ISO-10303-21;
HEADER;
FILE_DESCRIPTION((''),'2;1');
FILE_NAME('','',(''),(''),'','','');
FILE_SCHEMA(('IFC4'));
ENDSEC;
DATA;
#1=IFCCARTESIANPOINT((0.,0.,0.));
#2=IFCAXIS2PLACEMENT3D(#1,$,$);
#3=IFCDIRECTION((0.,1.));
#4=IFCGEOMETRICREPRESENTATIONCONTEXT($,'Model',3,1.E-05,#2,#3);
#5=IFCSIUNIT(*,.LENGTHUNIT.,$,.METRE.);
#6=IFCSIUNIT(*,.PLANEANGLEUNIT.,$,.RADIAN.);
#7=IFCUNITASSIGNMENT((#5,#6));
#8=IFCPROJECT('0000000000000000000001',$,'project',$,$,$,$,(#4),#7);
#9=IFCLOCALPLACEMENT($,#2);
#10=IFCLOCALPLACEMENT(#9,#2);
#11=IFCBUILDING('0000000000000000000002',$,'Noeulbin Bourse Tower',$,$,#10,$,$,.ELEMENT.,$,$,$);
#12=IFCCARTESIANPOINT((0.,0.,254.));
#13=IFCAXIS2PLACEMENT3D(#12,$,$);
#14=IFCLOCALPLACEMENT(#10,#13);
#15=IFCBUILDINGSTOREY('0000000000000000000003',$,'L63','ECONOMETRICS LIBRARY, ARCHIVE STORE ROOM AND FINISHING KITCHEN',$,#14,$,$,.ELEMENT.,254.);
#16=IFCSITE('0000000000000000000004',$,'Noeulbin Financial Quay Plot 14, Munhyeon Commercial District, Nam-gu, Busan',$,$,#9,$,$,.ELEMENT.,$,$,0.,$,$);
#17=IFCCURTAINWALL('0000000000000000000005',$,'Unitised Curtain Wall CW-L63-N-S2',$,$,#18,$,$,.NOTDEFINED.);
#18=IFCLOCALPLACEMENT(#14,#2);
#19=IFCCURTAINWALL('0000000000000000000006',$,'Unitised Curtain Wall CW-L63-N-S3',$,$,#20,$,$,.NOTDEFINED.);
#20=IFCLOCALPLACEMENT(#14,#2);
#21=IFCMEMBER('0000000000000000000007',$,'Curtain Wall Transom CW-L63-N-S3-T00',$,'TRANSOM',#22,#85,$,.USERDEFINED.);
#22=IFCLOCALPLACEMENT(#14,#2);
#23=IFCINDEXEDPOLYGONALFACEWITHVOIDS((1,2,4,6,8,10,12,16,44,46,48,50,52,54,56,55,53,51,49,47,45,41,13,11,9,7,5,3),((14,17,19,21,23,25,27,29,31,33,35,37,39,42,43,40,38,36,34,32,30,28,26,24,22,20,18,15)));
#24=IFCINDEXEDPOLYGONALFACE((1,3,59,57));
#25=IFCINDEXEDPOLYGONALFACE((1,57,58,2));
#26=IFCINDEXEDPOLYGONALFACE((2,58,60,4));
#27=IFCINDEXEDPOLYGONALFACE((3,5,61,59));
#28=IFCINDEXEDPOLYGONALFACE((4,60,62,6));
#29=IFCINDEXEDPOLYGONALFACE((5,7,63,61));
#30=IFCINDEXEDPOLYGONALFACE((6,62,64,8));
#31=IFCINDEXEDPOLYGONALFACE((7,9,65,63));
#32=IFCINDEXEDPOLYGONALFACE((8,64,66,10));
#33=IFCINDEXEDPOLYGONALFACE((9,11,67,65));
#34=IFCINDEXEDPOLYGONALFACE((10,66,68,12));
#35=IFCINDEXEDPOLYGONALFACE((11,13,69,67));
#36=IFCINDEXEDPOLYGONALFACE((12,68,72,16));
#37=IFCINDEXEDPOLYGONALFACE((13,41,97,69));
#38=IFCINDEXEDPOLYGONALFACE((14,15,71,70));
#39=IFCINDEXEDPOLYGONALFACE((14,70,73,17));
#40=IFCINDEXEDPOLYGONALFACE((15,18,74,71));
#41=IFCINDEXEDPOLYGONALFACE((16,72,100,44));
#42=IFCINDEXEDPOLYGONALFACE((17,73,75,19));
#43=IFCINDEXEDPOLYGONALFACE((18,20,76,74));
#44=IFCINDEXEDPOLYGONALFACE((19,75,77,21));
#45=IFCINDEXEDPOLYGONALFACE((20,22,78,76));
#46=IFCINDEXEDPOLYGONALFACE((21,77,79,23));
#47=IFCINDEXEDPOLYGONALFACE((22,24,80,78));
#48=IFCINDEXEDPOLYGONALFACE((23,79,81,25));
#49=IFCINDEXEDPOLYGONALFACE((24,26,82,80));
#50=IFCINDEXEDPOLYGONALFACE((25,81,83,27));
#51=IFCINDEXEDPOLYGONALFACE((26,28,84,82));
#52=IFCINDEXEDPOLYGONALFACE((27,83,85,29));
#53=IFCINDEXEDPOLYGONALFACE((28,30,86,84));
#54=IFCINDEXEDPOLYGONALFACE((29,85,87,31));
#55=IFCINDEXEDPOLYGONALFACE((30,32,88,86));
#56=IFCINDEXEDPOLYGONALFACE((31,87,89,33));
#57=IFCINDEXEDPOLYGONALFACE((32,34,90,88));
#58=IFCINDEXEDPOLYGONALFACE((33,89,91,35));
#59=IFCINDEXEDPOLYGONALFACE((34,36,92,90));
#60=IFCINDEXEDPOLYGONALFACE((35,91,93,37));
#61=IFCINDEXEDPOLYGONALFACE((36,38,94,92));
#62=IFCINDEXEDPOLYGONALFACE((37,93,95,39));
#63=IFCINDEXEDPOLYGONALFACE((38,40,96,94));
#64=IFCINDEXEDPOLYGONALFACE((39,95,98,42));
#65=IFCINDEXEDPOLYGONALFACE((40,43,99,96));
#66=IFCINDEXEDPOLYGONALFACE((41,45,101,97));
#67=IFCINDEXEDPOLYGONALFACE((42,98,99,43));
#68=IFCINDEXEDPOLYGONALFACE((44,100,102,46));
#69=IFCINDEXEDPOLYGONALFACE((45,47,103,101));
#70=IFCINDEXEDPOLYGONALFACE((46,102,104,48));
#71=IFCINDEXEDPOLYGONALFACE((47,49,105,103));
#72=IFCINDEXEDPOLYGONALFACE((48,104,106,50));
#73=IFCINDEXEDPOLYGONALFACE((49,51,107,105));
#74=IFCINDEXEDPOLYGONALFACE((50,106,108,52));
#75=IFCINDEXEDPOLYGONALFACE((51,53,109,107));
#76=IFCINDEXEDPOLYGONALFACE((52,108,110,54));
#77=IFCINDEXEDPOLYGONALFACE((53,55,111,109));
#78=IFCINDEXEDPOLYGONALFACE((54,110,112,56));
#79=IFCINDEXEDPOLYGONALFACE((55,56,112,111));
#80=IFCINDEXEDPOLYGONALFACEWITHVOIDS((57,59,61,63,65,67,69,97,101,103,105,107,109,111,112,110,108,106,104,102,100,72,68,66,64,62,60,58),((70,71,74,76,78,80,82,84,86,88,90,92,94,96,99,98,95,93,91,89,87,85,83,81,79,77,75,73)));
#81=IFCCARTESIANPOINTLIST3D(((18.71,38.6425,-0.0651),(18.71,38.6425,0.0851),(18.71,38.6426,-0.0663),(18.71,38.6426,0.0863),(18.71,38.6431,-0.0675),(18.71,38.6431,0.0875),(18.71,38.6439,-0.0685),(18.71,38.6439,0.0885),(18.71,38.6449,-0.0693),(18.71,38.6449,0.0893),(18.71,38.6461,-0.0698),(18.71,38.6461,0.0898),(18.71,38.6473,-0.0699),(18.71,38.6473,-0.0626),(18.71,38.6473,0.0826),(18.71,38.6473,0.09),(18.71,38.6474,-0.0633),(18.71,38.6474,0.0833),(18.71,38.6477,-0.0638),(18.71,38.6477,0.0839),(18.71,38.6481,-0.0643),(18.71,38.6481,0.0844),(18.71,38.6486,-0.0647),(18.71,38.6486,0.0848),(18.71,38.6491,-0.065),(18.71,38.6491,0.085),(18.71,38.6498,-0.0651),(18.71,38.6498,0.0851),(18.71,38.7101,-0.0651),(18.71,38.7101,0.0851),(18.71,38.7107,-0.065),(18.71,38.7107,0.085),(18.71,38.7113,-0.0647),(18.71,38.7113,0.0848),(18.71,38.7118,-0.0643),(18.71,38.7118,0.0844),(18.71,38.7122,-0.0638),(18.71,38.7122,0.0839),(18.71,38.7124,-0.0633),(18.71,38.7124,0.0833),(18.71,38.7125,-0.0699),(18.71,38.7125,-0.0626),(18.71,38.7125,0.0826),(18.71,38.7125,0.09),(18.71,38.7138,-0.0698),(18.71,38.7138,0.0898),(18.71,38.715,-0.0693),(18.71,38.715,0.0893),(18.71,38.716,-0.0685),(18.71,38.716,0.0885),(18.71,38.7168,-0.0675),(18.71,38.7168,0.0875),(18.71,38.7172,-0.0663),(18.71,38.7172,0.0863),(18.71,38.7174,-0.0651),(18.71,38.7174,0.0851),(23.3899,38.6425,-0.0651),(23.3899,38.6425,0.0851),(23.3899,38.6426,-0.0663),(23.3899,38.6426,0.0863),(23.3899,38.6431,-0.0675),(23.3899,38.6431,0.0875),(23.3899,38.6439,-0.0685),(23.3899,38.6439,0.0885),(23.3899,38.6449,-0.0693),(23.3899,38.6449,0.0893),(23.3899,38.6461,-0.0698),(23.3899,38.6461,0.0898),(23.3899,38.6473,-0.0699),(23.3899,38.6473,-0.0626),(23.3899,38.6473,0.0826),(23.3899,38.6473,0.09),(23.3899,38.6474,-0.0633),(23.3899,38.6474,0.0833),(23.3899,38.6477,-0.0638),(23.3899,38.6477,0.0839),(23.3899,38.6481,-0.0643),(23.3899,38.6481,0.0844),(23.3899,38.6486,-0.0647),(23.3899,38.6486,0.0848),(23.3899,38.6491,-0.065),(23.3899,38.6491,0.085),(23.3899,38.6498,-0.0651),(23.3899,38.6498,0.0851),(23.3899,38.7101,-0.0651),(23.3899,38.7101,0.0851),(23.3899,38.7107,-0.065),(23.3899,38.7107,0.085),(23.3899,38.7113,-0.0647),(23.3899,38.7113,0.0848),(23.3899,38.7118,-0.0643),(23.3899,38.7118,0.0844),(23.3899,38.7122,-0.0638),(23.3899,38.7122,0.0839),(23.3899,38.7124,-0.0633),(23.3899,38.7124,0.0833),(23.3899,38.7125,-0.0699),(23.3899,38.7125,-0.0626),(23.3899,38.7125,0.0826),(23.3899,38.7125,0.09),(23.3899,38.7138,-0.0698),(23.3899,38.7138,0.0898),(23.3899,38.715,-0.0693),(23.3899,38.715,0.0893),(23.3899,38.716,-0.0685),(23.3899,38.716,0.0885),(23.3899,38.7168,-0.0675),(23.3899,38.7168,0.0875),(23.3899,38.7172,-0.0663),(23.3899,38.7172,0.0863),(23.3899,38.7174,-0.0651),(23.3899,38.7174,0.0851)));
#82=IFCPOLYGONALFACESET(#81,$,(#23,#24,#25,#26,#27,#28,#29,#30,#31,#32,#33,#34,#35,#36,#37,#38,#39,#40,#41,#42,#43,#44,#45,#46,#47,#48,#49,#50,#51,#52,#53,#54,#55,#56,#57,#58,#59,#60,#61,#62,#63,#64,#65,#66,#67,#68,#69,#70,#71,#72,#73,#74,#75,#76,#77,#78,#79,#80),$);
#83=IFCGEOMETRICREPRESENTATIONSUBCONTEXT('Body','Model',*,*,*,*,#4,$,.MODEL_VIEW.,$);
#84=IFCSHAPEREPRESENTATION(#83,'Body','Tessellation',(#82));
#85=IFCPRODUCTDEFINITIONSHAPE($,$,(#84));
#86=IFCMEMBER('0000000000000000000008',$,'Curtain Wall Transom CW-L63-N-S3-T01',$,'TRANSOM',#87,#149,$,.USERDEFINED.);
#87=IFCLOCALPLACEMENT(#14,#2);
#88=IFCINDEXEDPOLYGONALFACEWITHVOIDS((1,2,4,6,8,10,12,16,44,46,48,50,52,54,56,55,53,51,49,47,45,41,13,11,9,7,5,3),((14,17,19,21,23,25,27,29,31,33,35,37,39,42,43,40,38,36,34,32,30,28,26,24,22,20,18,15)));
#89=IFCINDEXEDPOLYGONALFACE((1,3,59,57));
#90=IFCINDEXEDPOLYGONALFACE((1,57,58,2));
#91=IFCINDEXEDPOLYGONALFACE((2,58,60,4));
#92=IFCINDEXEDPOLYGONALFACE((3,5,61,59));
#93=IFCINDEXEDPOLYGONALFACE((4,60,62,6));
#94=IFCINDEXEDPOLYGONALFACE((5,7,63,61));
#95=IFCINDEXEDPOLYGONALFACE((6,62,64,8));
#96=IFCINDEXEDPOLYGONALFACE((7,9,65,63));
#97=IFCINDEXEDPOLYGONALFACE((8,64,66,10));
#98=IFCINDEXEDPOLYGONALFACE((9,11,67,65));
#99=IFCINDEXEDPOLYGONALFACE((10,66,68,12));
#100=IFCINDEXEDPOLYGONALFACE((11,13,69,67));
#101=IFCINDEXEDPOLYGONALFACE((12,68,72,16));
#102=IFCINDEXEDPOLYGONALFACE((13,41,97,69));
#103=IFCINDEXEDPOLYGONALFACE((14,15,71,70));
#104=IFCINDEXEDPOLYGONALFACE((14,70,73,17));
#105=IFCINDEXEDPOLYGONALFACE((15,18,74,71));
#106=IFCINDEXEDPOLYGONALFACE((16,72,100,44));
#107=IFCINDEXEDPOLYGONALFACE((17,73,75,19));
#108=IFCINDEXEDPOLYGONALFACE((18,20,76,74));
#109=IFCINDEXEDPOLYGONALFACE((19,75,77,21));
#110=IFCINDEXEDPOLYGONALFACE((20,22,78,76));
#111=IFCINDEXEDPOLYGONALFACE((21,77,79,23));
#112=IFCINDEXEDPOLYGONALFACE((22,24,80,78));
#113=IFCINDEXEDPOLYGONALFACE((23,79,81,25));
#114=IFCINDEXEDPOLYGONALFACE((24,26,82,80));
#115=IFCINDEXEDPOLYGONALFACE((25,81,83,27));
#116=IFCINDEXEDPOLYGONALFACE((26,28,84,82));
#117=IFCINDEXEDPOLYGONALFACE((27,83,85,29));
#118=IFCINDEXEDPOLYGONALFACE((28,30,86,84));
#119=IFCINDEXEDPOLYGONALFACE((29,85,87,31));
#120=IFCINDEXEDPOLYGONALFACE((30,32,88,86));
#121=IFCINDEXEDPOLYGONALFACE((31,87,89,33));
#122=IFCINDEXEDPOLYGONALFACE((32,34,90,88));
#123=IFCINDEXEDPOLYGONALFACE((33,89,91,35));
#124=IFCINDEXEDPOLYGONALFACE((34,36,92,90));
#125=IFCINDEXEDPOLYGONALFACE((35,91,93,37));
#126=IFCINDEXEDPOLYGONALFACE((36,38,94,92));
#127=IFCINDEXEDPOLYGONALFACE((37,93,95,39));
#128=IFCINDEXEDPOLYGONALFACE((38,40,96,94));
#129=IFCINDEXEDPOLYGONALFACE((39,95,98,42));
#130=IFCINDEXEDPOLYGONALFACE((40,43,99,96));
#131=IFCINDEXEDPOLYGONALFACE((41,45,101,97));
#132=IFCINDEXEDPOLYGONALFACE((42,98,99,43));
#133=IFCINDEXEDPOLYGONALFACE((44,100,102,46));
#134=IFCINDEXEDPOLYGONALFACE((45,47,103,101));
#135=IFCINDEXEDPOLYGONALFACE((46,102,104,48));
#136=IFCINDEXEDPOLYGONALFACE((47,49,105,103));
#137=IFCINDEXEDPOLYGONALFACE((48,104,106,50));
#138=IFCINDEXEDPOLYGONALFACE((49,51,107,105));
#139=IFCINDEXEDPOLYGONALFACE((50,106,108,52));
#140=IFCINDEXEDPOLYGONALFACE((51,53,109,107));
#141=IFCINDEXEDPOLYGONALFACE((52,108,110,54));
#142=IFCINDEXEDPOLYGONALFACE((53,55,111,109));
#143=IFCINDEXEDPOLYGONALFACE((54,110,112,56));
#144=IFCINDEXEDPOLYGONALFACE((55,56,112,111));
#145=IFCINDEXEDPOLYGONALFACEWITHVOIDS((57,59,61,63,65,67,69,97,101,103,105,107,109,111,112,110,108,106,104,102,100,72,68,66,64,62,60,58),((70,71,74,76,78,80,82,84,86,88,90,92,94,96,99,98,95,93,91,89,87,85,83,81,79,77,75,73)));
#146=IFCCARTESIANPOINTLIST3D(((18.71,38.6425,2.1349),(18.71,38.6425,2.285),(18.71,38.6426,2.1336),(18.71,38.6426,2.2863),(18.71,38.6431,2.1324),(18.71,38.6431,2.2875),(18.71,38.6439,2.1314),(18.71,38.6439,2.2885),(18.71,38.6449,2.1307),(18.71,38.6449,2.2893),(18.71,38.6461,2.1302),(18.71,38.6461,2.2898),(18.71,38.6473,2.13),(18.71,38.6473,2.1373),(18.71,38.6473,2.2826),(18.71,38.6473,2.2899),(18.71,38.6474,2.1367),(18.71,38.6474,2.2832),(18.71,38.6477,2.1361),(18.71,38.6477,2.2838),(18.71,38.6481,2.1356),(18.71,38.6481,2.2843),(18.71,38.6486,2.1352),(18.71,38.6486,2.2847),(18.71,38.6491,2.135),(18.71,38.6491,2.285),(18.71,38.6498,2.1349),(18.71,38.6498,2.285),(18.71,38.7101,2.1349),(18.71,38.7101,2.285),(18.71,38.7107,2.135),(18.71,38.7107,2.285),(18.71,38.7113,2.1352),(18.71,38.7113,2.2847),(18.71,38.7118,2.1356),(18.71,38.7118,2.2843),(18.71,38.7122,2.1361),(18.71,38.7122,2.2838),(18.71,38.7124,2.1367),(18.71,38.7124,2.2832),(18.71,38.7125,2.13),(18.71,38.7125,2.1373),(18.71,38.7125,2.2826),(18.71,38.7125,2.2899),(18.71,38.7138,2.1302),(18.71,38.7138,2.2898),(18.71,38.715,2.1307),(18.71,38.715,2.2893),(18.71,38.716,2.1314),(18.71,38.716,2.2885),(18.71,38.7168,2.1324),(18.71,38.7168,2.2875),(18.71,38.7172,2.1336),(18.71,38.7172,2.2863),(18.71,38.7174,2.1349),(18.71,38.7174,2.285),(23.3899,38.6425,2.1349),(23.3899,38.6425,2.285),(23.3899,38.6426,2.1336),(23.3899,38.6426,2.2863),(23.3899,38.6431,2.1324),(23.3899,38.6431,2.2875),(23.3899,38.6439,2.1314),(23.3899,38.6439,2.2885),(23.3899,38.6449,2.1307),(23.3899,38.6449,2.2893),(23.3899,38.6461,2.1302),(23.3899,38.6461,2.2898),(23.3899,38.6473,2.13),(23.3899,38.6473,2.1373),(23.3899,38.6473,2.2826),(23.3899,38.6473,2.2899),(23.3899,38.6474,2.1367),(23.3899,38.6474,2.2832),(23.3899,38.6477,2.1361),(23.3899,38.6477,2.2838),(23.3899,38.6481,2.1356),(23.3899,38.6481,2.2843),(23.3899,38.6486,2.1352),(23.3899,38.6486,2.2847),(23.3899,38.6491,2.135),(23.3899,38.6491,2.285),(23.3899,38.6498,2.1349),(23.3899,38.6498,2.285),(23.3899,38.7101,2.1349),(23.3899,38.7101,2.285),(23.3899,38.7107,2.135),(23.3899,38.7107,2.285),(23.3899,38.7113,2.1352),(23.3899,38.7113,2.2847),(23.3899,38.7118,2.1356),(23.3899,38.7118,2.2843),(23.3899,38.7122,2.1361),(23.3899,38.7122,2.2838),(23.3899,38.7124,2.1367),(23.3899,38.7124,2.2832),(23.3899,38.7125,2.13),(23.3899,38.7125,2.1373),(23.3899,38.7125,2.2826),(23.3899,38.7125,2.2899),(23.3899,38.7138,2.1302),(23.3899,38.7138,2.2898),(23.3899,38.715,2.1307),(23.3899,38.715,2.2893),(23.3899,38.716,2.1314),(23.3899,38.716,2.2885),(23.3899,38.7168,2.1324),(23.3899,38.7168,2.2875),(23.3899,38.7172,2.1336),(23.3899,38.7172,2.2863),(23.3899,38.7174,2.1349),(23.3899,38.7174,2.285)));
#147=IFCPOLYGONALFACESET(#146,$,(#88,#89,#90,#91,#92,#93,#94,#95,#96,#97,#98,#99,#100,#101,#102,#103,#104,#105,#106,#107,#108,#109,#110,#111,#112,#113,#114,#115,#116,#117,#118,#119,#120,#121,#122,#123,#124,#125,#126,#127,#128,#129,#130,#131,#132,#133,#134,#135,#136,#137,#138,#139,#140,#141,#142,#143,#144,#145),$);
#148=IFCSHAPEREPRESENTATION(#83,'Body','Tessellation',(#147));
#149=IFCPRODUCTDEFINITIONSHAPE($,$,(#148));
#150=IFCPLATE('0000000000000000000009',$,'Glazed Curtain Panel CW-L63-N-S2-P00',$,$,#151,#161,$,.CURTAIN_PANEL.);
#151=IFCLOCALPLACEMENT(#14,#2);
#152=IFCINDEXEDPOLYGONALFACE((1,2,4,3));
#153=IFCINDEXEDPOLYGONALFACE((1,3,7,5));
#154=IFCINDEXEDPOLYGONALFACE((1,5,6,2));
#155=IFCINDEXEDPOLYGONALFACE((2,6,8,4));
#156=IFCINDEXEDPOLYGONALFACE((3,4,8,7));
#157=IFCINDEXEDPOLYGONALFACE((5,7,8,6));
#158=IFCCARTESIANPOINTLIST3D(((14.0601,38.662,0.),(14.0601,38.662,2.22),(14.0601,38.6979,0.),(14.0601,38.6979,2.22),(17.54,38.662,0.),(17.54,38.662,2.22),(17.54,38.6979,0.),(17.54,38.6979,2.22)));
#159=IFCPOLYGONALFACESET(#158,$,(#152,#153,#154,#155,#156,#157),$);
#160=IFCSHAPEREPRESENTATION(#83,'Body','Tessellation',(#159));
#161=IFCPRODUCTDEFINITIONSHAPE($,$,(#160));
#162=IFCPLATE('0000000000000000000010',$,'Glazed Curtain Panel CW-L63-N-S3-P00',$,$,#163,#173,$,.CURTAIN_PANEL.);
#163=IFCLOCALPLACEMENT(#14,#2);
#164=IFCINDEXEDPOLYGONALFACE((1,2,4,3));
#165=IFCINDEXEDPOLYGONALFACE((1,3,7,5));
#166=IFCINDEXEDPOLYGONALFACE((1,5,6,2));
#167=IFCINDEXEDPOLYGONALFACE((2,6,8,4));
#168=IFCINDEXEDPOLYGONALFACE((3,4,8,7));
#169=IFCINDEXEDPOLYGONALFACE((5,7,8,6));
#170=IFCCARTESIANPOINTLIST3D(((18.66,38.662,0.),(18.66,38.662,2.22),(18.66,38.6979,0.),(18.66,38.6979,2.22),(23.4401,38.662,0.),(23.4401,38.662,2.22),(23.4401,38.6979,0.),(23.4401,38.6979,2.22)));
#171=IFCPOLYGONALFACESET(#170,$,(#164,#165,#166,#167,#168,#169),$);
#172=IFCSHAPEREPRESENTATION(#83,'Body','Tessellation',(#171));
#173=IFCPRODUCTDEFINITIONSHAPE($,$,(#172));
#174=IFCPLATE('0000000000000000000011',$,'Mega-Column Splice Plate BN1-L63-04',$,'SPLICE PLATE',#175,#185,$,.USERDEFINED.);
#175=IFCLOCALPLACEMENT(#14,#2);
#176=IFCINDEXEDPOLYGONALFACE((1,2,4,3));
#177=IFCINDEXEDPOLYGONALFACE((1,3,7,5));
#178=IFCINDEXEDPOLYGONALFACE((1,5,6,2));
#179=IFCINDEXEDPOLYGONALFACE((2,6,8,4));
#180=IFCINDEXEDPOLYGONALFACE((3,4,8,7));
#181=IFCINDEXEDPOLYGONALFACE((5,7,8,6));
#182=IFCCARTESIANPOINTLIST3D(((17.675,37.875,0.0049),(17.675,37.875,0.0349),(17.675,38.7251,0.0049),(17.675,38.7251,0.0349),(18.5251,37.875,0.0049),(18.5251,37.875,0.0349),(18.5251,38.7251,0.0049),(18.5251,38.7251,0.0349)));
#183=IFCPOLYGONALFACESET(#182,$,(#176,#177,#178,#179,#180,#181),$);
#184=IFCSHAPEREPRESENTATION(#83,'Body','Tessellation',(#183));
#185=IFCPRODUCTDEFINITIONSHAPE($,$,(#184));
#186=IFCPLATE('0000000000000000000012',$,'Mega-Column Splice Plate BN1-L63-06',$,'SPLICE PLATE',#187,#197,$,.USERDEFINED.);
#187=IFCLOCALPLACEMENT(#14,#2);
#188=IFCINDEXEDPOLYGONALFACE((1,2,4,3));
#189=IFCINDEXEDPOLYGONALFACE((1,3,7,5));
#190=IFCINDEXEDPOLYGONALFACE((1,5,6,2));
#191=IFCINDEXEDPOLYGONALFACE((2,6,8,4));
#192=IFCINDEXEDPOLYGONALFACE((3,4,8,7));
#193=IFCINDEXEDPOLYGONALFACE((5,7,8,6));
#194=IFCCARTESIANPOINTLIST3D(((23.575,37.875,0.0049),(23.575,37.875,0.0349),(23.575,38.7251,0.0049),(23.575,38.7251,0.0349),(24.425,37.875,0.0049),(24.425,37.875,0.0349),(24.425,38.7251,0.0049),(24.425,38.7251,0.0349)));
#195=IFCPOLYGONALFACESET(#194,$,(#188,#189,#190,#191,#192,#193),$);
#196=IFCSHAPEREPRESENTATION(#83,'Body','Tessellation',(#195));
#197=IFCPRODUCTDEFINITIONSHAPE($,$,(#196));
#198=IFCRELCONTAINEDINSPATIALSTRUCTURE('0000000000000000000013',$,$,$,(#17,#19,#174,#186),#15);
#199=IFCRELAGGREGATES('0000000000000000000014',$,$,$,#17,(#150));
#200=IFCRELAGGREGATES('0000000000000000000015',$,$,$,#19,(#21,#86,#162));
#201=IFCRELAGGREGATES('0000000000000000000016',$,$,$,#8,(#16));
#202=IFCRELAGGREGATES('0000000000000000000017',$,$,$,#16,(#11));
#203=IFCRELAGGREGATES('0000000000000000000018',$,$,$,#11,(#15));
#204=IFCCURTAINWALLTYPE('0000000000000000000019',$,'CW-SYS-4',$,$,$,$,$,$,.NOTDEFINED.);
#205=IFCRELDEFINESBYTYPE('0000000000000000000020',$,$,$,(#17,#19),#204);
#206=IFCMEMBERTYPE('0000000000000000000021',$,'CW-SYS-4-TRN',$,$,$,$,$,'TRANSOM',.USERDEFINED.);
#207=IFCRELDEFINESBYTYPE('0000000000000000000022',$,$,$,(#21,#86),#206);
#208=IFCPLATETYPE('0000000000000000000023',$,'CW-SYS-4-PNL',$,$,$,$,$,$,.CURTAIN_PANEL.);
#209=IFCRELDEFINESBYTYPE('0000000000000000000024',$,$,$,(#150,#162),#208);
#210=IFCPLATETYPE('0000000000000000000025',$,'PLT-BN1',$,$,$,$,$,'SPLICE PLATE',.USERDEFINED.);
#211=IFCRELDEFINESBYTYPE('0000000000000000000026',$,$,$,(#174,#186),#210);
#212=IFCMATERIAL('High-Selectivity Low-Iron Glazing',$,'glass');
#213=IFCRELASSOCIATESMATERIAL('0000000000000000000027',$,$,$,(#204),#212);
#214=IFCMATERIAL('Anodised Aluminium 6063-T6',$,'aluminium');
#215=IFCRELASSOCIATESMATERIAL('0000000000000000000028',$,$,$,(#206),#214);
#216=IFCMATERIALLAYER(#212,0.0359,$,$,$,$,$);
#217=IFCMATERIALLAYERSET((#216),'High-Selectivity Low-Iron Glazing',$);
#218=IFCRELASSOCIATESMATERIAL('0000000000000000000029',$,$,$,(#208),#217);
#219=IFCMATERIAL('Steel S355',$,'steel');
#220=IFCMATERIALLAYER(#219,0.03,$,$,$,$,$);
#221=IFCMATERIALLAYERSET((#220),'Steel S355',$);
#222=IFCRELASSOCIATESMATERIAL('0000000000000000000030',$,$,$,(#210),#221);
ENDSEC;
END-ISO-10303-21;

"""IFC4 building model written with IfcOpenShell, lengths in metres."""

from ifc_helpers import new_model, si_unit, direction, frame, origin, origin_2d, place, context, subcontext, project, spatial, rectangle, hollow_rectangle, extrude, material, layer, layer_set, material_profile, profile_set, type_object, element, aggregate, save


model = new_model("IFC4")

# Units and contexts
model_context = context("Model", 3, precision=1e-05, world=origin(), true_north=direction((0.0, 1.0)))
body_context = subcontext(model_context, "Body", "Model", "MODEL_VIEW")
ifc_project = project(units=[si_unit("LENGTHUNIT", "METRE"), si_unit("PLANEANGLEUNIT", "RADIAN")], contexts=[model_context])

# Site, building, storey
site_placement = place(None, origin())
site = spatial("IfcSite", under=ifc_project, at=site_placement, Name="Noeulbin Financial Quay Plot 14, Munhyeon Commercial District, Nam-gu, Busan", CompositionType="ELEMENT", RefElevation=0.0)
building_placement = place(site_placement, origin())
building = spatial("IfcBuilding", under=site, at=building_placement, Name="Noeulbin Bourse Tower", CompositionType="ELEMENT")
storey_placement = place(building_placement, frame((0.0, 0.0, 254.0)))
storey = spatial("IfcBuildingStorey", under=building, at=storey_placement, Name="L63", Description="ECONOMETRICS LIBRARY, ARCHIVE STORE ROOM AND FINISHING KITCHEN", CompositionType="ELEMENT", Elevation=254.0)

# Shared definitions
ifc_material_1 = material(Name="Steel S355", Category="steel")

# Curtain wall
ifc_material_2 = material(Name="High-Selectivity Low-Iron Glazing", Category="glass")
curtain_wall_type = type_object("IfcCurtainWallType", Name="CW-SYS-4", PredefinedType="NOTDEFINED", material=ifc_material_2)
curtain_wall_1_placement = place(storey_placement, origin())
curtain_wall_1 = element("IfcCurtainWall", 1, at=curtain_wall_1_placement, inside=storey, type_object=curtain_wall_type, Name="Unitised Curtain Wall CW-L63-N-S2", PredefinedType="NOTDEFINED")
ifc_material_3 = material(Name="Anodised Aluminium 6063-T6", Category="aluminium")

# Curtain wall, members
curtain_wall_2_placement = place(storey_placement, origin())
curtain_wall_2 = element("IfcCurtainWall", 2, at=curtain_wall_2_placement, inside=storey, type_object=curtain_wall_type, Name="Unitised Curtain Wall CW-L63-N-S3", PredefinedType="NOTDEFINED")
ifc_material_profile_1 = material_profile(ifc_material_3, hollow_rectangle(XDim=0.075, YDim=0.1599, WallThickness=0.0049, InnerFilletRadius=0.0024, OuterFilletRadius=0.0049, at=origin_2d()), Name="ALU-TRAN-75x160x5", Category="LoadBearing")
ifc_profile_set_1 = profile_set([ifc_material_profile_1], Name="Anodised Aluminium 6063-T6")
member_type_1 = type_object("IfcMemberType", Name="CW-SYS-4-TRN", ElementType="TRANSOM", PredefinedType="USERDEFINED", material=ifc_profile_set_1)
member_1_placement = place(storey_placement, frame((18.71, 38.6799, 0.01), z_axis=(1.0, 0.0, 0.0), x_axis=(0.0, 1.0, 0.0)))
member_1 = element("IfcMember", 3, at=member_1_placement, type_object=member_type_1, Name="Curtain Wall Transom CW-L63-N-S3-T00", ObjectType="TRANSOM", PredefinedType="USERDEFINED", context=body_context, shape_type="SweptSolid", body=[
    extrude(hollow_rectangle(XDim=0.075, YDim=0.1599, WallThickness=0.0049, InnerFilletRadius=0.0024, OuterFilletRadius=0.0049, at=origin_2d()), origin(), (0.0, 0.0, 1.0), 4.6799),
])
member_2_placement = place(storey_placement, frame((18.71, 38.6799, 2.21), z_axis=(1.0, 0.0, 0.0), x_axis=(0.0, 1.0, 0.0)))
member_2 = element("IfcMember", 4, at=member_2_placement, type_object=member_type_1, Name="Curtain Wall Transom CW-L63-N-S3-T01", ObjectType="TRANSOM", PredefinedType="USERDEFINED", context=body_context, shape_type="SweptSolid", body=[
    extrude(hollow_rectangle(XDim=0.075, YDim=0.1599, WallThickness=0.0049, InnerFilletRadius=0.0024, OuterFilletRadius=0.0049, at=origin_2d()), origin(), (0.0, 0.0, 1.0), 4.6799),
])

# Plates
ifc_layer_1 = layer(ifc_material_2, 0.0359)
ifc_layer_set_1 = layer_set([ifc_layer_1], Name="High-Selectivity Low-Iron Glazing")
plate_type_1 = type_object("IfcPlateType", Name="CW-SYS-4-PNL", PredefinedType="CURTAIN_PANEL", material=ifc_layer_set_1)
plate_1_placement = place(storey_placement, frame((15.8, 38.6799, 0.0), z_axis=(0.0, 0.0, 1.0), x_axis=(1.0, 0.0, 0.0)))
plate_1 = element("IfcPlate", 5, at=plate_1_placement, type_object=plate_type_1, Name="Glazed Curtain Panel CW-L63-N-S2-P00", PredefinedType="CURTAIN_PANEL", context=body_context, shape_type="SweptSolid", body=[
    extrude(rectangle(XDim=3.48, YDim=0.0359, at=origin_2d()), origin(), (0.0, 0.0, 1.0), 2.22),
])
aggregate(curtain_wall_1, [plate_1])
plate_2_placement = place(storey_placement, frame((21.05, 38.6799, 0.0), z_axis=(0.0, 0.0, 1.0), x_axis=(1.0, 0.0, 0.0)))
plate_2 = element("IfcPlate", 6, at=plate_2_placement, type_object=plate_type_1, Name="Glazed Curtain Panel CW-L63-N-S3-P00", PredefinedType="CURTAIN_PANEL", context=body_context, shape_type="SweptSolid", body=[
    extrude(rectangle(XDim=4.78, YDim=0.0359, at=origin_2d()), origin(), (0.0, 0.0, 1.0), 2.22),
])
aggregate(curtain_wall_2, [member_1, member_2, plate_2])

# Plates
ifc_layer_2 = layer(ifc_material_1, 0.03)
ifc_layer_set_2 = layer_set([ifc_layer_2], Name="Steel S355")
plate_type_2 = type_object("IfcPlateType", Name="PLT-BN1", ElementType="SPLICE PLATE", PredefinedType="USERDEFINED", material=ifc_layer_set_2)
for number, where, z_axis, x_axis, name in (
    (7, (18.1001, 38.3, 0.0049), (0.0, 0.0, 1.0), (1.0, 0.0, 0.0), "Mega-Column Splice Plate BN1-L63-04"),
    (8, (24.0, 38.3, 0.0049), (0.0, 0.0, 1.0), (1.0, 0.0, 0.0), "Mega-Column Splice Plate BN1-L63-06"),
):
    element("IfcPlate", number, at=place(storey_placement, frame(where, z_axis=z_axis, x_axis=x_axis)), inside=storey, type_object=plate_type_2, Name=name, ObjectType="SPLICE PLATE", PredefinedType="USERDEFINED", context=body_context, shape_type="SweptSolid", body=[
        extrude(rectangle(XDim=0.8501, YDim=0.8501, at=origin_2d()), origin(), (0.0, 0.0, 1.0), 0.03),
    ])

save(model, "model.ifc")
